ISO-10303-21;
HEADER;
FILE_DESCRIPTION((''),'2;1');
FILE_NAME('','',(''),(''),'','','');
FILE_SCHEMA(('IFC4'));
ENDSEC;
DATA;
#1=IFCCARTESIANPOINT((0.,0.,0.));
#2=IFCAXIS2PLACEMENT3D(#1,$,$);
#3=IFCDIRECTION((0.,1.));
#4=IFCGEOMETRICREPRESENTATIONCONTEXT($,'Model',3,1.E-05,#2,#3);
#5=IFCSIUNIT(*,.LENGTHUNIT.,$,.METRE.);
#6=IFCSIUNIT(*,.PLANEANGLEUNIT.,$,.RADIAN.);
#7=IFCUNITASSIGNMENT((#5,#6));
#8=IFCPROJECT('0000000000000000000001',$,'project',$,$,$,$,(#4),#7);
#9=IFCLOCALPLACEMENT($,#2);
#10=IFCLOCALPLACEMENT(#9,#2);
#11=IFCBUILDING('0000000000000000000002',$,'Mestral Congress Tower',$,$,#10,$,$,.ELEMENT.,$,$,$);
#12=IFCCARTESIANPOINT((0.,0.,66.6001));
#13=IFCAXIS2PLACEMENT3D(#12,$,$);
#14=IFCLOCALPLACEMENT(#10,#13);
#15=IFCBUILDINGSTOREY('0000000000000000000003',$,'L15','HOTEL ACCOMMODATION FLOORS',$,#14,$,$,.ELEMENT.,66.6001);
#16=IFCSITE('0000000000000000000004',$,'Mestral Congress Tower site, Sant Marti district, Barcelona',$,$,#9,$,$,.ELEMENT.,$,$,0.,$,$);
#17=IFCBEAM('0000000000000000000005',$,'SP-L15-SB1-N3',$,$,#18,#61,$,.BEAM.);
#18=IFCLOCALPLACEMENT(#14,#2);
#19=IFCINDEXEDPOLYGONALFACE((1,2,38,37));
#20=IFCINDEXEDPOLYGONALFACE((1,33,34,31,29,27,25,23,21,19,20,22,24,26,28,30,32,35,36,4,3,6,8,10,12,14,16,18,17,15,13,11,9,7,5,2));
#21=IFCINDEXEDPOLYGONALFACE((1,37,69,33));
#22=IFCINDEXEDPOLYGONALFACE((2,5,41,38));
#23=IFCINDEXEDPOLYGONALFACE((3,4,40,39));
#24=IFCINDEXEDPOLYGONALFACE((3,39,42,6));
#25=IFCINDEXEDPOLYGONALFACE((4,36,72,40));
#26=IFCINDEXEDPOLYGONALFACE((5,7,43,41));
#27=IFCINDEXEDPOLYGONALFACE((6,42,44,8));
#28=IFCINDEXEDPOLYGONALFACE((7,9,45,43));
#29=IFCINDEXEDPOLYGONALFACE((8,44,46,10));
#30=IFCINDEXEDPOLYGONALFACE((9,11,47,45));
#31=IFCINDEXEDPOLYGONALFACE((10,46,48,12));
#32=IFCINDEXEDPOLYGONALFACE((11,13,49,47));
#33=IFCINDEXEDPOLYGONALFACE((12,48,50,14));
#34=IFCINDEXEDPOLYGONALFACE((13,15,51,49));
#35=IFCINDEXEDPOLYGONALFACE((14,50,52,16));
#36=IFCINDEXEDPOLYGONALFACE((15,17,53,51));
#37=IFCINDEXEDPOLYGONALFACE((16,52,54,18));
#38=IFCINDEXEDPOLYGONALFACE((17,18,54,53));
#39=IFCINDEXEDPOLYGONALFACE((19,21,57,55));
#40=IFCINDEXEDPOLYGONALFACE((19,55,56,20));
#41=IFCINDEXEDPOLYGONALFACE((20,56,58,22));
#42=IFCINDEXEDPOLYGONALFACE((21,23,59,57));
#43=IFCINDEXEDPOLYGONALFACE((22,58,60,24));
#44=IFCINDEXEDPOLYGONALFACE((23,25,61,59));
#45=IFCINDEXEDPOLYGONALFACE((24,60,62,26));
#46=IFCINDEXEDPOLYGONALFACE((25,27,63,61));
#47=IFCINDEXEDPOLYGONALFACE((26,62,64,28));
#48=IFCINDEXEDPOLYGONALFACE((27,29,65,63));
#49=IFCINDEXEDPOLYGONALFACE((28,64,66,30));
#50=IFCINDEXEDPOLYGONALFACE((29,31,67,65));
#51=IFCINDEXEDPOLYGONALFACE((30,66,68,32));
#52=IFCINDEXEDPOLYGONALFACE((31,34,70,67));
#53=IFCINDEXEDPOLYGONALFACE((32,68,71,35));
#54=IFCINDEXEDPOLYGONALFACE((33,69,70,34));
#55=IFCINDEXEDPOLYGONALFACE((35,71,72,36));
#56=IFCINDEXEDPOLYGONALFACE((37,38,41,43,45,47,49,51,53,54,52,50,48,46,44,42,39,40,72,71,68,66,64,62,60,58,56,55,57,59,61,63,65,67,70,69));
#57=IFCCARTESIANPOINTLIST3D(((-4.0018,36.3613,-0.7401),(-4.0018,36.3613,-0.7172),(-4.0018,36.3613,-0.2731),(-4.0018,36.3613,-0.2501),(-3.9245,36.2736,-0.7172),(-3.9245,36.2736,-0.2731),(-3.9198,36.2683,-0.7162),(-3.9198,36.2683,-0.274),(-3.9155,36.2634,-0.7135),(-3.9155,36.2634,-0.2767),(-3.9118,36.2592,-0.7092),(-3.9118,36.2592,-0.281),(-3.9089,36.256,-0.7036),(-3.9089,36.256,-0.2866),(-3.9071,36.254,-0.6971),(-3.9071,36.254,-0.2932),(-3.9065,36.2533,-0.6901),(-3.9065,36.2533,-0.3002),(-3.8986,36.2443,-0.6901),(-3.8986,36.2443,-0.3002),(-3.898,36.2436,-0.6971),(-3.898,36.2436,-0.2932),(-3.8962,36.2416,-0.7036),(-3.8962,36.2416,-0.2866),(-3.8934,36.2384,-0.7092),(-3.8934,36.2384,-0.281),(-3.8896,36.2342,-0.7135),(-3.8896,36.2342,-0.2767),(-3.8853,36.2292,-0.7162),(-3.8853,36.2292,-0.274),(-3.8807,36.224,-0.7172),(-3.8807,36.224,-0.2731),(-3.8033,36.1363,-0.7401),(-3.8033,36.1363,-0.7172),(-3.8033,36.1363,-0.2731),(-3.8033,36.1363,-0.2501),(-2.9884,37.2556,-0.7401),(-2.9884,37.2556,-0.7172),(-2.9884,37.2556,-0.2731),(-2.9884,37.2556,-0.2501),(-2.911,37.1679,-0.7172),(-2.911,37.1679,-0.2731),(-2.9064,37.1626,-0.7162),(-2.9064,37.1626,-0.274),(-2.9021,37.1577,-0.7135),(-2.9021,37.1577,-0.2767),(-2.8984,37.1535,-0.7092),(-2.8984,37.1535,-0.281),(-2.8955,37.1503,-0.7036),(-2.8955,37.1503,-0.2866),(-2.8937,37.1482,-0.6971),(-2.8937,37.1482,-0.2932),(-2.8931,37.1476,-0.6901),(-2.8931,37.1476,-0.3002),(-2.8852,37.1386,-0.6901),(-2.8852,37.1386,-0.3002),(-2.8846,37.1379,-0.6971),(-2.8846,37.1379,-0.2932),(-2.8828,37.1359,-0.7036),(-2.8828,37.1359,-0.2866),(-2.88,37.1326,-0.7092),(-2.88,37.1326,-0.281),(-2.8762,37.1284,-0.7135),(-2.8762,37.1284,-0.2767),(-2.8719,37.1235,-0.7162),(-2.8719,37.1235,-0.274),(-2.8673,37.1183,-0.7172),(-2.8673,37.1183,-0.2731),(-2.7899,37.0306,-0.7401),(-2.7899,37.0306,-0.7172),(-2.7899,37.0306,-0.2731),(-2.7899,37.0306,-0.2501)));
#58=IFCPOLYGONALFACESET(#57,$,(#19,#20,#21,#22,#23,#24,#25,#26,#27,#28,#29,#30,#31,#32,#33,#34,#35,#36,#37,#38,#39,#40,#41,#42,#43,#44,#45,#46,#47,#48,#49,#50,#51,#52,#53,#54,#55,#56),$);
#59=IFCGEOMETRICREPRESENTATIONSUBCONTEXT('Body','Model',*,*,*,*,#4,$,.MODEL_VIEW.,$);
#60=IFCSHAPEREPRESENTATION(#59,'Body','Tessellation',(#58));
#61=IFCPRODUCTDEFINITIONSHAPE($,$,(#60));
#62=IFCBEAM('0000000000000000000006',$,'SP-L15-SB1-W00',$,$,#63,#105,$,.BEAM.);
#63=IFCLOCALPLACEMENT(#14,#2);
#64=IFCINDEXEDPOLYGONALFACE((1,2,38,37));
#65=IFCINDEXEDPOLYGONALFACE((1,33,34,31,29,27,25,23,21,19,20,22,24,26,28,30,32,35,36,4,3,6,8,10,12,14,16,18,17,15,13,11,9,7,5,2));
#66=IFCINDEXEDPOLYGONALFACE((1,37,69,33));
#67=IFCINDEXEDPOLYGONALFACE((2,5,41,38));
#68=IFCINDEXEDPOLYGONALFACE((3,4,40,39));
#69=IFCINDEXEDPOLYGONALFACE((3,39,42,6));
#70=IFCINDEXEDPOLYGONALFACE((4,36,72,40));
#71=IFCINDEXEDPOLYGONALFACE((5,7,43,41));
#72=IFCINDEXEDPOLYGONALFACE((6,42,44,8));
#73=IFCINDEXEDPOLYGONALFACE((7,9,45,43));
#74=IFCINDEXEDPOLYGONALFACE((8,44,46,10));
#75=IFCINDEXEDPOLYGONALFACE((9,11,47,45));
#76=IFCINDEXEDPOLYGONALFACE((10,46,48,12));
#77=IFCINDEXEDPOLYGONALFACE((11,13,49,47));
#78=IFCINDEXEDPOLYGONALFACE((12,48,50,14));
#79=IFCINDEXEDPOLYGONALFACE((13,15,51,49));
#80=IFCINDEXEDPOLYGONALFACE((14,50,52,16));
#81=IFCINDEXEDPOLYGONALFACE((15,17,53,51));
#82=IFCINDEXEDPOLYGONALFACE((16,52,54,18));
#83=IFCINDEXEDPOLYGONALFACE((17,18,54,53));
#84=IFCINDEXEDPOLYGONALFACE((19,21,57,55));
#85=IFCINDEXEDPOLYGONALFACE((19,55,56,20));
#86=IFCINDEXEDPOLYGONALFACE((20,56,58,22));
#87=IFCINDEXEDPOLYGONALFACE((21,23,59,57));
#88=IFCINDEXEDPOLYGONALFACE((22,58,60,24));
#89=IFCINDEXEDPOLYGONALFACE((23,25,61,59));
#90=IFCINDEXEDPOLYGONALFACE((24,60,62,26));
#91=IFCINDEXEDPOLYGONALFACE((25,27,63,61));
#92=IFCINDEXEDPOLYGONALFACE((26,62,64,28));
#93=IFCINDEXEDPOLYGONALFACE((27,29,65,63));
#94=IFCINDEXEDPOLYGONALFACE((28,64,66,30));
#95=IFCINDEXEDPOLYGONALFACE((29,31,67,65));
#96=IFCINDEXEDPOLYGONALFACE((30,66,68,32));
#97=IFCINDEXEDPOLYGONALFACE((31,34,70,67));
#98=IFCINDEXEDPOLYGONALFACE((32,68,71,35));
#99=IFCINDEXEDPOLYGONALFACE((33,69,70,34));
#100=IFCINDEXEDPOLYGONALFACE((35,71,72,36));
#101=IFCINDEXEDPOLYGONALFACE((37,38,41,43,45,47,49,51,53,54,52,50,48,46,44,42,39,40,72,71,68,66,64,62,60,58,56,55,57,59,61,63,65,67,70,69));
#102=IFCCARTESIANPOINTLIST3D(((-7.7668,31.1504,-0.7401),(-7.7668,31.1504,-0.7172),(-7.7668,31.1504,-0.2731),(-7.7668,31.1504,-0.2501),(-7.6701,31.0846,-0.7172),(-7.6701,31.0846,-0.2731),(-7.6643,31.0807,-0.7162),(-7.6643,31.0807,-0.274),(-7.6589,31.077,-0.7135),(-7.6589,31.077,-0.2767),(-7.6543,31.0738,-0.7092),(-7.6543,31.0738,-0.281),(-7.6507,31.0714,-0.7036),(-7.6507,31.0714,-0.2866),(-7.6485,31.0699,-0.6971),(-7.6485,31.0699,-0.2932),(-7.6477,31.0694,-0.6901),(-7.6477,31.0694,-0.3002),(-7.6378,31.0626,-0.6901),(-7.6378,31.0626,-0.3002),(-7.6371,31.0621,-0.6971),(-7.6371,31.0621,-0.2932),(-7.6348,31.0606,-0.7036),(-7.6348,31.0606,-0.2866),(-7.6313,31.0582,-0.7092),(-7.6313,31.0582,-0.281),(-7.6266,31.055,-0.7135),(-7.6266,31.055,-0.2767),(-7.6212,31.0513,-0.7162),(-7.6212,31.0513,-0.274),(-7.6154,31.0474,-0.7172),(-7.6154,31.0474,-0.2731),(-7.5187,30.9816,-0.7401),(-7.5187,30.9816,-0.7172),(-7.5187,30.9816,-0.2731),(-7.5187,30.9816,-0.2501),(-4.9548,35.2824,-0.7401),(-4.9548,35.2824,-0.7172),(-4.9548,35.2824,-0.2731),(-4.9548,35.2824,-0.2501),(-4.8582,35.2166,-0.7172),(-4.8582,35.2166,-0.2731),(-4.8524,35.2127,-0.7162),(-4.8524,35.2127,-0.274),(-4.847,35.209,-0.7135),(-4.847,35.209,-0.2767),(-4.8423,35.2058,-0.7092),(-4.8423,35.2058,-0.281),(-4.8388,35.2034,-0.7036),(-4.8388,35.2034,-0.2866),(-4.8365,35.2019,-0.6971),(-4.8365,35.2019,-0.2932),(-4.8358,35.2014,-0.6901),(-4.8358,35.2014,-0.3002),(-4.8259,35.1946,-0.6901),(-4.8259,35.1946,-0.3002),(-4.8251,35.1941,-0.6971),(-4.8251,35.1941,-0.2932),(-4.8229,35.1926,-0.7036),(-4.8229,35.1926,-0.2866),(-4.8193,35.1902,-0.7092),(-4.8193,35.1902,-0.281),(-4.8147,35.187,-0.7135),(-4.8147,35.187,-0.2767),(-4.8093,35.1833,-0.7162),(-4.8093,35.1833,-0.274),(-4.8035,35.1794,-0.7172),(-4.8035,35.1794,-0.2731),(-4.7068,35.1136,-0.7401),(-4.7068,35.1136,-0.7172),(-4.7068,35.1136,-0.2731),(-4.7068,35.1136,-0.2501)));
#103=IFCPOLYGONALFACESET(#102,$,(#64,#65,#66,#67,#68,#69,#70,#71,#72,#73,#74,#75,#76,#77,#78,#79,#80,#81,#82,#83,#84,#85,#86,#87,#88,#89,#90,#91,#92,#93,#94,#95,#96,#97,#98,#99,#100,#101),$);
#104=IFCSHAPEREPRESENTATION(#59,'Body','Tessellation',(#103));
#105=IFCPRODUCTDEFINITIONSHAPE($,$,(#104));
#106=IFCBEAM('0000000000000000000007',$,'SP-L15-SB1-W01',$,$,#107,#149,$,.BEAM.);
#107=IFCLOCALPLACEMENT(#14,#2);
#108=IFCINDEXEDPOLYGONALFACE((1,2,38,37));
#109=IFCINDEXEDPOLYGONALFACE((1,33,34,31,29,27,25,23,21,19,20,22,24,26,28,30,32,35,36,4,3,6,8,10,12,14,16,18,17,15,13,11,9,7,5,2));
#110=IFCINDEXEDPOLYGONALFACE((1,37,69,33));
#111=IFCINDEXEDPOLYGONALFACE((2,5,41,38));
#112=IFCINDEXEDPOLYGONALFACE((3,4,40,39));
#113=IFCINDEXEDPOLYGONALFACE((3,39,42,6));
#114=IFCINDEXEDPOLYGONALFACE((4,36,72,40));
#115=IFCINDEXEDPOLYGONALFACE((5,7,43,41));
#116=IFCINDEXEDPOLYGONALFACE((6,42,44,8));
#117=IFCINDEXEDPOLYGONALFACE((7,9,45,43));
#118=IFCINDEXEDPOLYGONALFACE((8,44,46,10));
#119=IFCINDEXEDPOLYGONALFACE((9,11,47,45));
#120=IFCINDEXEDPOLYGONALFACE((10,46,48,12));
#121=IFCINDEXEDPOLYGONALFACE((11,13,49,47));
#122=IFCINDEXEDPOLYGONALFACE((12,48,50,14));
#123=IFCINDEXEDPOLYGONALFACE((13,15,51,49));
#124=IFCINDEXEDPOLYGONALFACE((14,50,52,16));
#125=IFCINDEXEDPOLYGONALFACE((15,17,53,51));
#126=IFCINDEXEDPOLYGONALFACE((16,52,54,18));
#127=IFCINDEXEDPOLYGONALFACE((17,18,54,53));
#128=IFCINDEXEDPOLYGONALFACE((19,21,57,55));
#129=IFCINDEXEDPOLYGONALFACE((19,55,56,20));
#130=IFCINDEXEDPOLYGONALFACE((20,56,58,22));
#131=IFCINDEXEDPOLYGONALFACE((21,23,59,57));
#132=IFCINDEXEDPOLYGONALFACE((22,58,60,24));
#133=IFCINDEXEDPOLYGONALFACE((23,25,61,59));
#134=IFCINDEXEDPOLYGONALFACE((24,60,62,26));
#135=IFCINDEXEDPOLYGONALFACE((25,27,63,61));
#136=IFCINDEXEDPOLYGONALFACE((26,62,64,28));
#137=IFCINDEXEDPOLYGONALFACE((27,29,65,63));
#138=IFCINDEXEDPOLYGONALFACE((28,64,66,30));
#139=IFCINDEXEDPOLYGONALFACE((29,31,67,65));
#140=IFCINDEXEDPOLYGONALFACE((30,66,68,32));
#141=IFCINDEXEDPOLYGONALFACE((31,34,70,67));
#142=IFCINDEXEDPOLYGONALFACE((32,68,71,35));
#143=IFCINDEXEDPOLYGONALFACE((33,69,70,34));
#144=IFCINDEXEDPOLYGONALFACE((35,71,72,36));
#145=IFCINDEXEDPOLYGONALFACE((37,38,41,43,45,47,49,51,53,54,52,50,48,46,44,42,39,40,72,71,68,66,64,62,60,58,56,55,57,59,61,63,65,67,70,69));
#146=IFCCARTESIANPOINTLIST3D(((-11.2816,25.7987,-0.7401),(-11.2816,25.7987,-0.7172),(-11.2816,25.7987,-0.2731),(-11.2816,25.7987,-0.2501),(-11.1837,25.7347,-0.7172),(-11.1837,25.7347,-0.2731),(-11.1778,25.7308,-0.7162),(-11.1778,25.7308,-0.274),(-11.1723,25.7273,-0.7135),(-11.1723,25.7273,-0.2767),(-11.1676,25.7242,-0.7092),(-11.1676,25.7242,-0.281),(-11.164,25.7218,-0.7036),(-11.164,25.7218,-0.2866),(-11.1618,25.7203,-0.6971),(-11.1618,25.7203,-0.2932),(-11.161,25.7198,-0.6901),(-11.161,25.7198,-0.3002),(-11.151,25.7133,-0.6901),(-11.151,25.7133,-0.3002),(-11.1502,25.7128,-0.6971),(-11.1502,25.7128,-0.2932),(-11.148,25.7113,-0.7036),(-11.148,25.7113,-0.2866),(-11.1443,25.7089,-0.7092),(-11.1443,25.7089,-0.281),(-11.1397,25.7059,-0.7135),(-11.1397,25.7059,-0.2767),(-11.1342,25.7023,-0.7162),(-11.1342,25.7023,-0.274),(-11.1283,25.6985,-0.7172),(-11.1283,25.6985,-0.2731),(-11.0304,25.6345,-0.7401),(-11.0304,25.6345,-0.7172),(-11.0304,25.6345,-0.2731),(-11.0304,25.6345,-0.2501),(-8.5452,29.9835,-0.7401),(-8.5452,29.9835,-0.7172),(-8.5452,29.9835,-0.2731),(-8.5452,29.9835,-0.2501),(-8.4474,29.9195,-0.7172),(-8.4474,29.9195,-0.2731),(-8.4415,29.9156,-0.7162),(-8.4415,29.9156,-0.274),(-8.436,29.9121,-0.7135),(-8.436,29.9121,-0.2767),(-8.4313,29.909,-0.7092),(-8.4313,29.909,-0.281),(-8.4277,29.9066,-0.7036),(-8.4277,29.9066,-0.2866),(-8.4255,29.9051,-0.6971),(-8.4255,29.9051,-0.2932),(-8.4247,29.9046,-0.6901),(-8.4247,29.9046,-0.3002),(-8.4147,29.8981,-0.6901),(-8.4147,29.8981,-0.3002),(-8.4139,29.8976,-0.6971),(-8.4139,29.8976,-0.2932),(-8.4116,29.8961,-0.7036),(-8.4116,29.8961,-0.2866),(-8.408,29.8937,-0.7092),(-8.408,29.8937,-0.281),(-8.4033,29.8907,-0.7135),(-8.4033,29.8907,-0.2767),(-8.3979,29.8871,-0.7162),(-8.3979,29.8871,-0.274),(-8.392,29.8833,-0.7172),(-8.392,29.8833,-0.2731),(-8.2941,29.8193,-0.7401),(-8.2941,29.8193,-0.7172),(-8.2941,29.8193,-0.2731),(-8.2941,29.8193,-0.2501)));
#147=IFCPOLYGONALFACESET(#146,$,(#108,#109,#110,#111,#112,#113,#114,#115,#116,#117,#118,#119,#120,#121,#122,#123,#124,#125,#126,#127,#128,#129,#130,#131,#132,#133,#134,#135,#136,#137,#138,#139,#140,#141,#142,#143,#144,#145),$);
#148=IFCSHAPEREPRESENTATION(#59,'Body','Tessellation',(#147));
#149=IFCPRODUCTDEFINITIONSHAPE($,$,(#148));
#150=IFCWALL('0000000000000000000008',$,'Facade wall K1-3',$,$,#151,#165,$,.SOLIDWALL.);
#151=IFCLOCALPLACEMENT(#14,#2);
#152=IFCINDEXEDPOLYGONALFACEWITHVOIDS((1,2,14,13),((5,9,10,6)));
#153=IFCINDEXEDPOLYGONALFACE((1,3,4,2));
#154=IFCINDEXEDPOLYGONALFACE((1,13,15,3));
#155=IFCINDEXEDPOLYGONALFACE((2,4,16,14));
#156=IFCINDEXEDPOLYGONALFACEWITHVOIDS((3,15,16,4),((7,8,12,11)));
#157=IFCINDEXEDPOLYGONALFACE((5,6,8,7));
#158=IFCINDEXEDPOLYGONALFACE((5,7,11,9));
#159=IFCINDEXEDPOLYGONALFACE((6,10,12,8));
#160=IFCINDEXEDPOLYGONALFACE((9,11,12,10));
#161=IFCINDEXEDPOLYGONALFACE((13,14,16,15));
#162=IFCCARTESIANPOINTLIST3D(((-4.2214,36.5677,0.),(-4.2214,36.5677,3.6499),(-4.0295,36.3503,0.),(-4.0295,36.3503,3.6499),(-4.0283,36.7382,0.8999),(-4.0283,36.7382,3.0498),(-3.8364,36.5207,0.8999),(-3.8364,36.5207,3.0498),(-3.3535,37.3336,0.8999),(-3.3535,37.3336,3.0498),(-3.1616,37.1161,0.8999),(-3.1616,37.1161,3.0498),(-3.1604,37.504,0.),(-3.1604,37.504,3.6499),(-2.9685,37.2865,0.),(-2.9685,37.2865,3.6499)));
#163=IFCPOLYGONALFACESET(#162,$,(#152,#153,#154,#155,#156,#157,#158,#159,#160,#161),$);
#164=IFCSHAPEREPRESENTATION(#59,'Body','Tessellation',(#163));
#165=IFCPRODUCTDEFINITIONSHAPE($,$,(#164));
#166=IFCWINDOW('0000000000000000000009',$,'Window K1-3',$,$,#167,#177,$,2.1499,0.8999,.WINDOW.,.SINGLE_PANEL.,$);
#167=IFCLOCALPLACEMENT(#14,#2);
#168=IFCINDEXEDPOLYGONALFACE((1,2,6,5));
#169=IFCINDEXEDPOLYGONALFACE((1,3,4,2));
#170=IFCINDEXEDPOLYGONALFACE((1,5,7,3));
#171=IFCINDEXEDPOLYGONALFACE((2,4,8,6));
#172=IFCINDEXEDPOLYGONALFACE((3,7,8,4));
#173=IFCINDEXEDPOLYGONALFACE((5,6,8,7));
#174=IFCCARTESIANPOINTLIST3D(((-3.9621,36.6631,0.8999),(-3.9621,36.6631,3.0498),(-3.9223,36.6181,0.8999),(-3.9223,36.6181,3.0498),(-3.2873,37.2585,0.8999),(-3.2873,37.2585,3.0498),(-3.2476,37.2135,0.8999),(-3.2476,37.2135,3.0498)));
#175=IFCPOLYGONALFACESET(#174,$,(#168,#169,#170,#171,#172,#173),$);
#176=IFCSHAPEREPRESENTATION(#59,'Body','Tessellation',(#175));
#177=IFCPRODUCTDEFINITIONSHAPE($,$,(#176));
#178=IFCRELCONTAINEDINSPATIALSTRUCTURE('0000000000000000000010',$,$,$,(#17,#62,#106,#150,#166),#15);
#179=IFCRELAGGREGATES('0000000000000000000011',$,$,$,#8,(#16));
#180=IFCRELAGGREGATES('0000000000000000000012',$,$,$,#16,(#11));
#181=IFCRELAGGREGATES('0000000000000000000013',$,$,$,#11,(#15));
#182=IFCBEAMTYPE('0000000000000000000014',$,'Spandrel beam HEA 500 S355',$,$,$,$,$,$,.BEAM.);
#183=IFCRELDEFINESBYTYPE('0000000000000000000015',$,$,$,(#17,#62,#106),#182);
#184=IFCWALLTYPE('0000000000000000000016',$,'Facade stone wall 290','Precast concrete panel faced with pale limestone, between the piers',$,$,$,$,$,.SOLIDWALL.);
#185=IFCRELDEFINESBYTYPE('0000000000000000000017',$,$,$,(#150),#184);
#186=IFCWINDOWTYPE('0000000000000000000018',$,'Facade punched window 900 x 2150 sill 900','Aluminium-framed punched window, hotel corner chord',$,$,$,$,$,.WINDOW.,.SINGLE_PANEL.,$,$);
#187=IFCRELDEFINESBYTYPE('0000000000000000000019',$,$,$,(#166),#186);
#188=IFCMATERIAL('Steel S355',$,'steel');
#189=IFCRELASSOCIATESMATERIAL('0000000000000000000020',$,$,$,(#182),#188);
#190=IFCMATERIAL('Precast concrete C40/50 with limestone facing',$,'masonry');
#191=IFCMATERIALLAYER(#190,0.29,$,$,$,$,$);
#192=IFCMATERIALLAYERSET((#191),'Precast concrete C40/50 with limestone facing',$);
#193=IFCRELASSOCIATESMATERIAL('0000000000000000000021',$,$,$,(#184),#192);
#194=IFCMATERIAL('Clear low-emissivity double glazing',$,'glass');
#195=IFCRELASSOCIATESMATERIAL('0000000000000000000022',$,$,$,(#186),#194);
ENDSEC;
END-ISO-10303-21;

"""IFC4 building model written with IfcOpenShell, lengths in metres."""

from ifc_helpers import new_model, si_unit, direction, frame, frame_2d, origin, origin_2d, place, context, subcontext, project, spatial, rectangle, i_section, extrude, material, layer, layer_set, material_profile, profile_set, type_object, element, fill, save


model = new_model("IFC4")

# Units and contexts
model_context = context("Model", 3, precision=1e-05, world=origin(), true_north=direction((0.0, 1.0)))
body_context = subcontext(model_context, "Body", "Model", "MODEL_VIEW")
ifc_project = project(units=[si_unit("LENGTHUNIT", "METRE"), si_unit("PLANEANGLEUNIT", "RADIAN")], contexts=[model_context])

# Site, building, storey
site_placement = place(None, origin())
site = spatial("IfcSite", under=ifc_project, at=site_placement, Name="Mestral Congress Tower site, Sant Marti district, Barcelona", CompositionType="ELEMENT", RefElevation=0.0)
building_placement = place(site_placement, origin())
building = spatial("IfcBuilding", under=site, at=building_placement, Name="Mestral Congress Tower", CompositionType="ELEMENT")
storey_placement = place(building_placement, frame((0.0, 0.0, 66.6001)))
storey = spatial("IfcBuildingStorey", under=building, at=storey_placement, Name="L15", Description="HOTEL ACCOMMODATION FLOORS", CompositionType="ELEMENT", Elevation=66.6001)

# Beams
ifc_material_1 = material(Name="Steel S355", Category="steel")
ifc_material_profile_1 = material_profile(ifc_material_1, i_section(OverallWidth=0.3, OverallDepth=0.49, WebThickness=0.012, FlangeThickness=0.0229, FilletRadius=0.0271, at=origin_2d()), Name="HEA 500")
ifc_profile_set_1 = profile_set([ifc_material_profile_1], Name="Steel S355")
beam_type_1 = type_object("IfcBeamType", Name="Spandrel beam HEA 500 S355", PredefinedType="BEAM", material=ifc_profile_set_1)
beam_1_placement = place(storey_placement, frame((-2.8892, 37.1431, -0.4951), z_axis=(-0.749806, -0.661657, 0.0), x_axis=(0.661657, -0.749806, 0.0)))
element("IfcBeam", 1, at=beam_1_placement, inside=storey, type_object=beam_type_1, Name="SP-L15-SB1-N3", PredefinedType="BEAM", context=body_context, shape_type="SweptSolid", body=[
    extrude(i_section(OverallWidth=0.3, OverallDepth=0.49, WebThickness=0.012, FlangeThickness=0.0229, FilletRadius=0.0271, at=origin_2d()), origin(), (0.0, 0.0, 1.0), 1.3516),
])
beam_2_placement = place(storey_placement, frame((-4.8308, 35.198, -0.4951), z_axis=(-0.562611, -0.826722, 0.0), x_axis=(0.826722, -0.562611, 0.0)))
element("IfcBeam", 2, at=beam_2_placement, inside=storey, type_object=beam_type_1, Name="SP-L15-SB1-W00", PredefinedType="BEAM", context=body_context, shape_type="SweptSolid", body=[
    extrude(i_section(OverallWidth=0.3, OverallDepth=0.49, WebThickness=0.012, FlangeThickness=0.0229, FilletRadius=0.0271, at=origin_2d()), origin(), (0.0, 0.0, 1.0), 4.998),
])
beam_3_placement = place(storey_placement, frame((-8.4197, 29.9014, -0.4951), z_axis=(-0.547264, -0.83696, 0.0), x_axis=(0.83696, -0.547264, 0.0)))
element("IfcBeam", 3, at=beam_3_placement, inside=storey, type_object=beam_type_1, Name="SP-L15-SB1-W01", PredefinedType="BEAM", context=body_context, shape_type="SweptSolid", body=[
    extrude(i_section(OverallWidth=0.3, OverallDepth=0.49, WebThickness=0.012, FlangeThickness=0.0229, FilletRadius=0.0271, at=origin_2d()), origin(), (0.0, 0.0, 1.0), 5.0),
])

# Wall, opening, window
ifc_material_2 = material(Name="Precast concrete C40/50 with limestone facing", Category="masonry")
ifc_layer_1 = layer(ifc_material_2, 0.29)
ifc_layer_set_1 = layer_set([ifc_layer_1], Name="Precast concrete C40/50 with limestone facing")
wall_type_1 = type_object("IfcWallType", Name="Facade stone wall 290", Description="Precast concrete panel faced with pale limestone, between the piers", PredefinedType="SOLIDWALL", material=ifc_layer_set_1)
wall_1_placement = place(storey_placement, frame((-3.0645, 37.3953, 0.0), z_axis=(0.0, 0.0, 1.0), x_axis=(-0.749813, -0.66165, 0.0)))
wall_1 = element("IfcWall", 4, at=wall_1_placement, inside=storey, type_object=wall_type_1, Name="Facade wall K1-3", PredefinedType="SOLIDWALL", context=body_context, shape_type="SweptSolid", body=[
    extrude(rectangle(XDim=1.415, YDim=0.29, at=frame_2d((0.7075, 0.0))), origin(), (0.0, 0.0, 1.0), 3.6499),
])
opening_1_placement = place(wall_1_placement, frame((0.2576, 0.0, 0.8999)))
opening_1 = element("IfcOpeningElement", 5, at=opening_1_placement, cuts=wall_1, PredefinedType="OPENING", context=body_context, shape_type="SweptSolid", body=[
    extrude(rectangle(XDim=0.8999, YDim=2.1499, at=frame_2d((0.45, 1.075))), frame((0.0, 0.155, 0.0), z_axis=(0.0, -1.0, 0.0), x_axis=(1.0, 0.0, 0.0)), (0.0, 0.0, 1.0), 0.3101),
])
ifc_material_3 = material(Name="Clear low-emissivity double glazing", Category="glass")
window_type_1 = type_object("IfcWindowType", Name="Facade punched window 900 x 2150 sill 900", Description="Aluminium-framed punched window, hotel corner chord", PartitioningType="SINGLE_PANEL", PredefinedType="WINDOW", material=ifc_material_3)
window_1_placement = place(opening_1_placement, origin())
window_1 = element("IfcWindow", 6, at=window_1_placement, inside=storey, type_object=window_type_1, Name="Window K1-3", OverallHeight=2.1499, OverallWidth=0.8999, PartitioningType="SINGLE_PANEL", PredefinedType="WINDOW", context=body_context, shape_type="SweptSolid", body=[
    extrude(rectangle(XDim=0.8999, YDim=2.1499, at=frame_2d((0.45, 1.075))), frame((0.0, 0.0151, 0.0), z_axis=(0.0, -1.0, 0.0), x_axis=(1.0, 0.0, 0.0)), (0.0, 0.0, 1.0), 0.0601),
])
fill(opening_1, window_1)

save(model, "model.ifc")
